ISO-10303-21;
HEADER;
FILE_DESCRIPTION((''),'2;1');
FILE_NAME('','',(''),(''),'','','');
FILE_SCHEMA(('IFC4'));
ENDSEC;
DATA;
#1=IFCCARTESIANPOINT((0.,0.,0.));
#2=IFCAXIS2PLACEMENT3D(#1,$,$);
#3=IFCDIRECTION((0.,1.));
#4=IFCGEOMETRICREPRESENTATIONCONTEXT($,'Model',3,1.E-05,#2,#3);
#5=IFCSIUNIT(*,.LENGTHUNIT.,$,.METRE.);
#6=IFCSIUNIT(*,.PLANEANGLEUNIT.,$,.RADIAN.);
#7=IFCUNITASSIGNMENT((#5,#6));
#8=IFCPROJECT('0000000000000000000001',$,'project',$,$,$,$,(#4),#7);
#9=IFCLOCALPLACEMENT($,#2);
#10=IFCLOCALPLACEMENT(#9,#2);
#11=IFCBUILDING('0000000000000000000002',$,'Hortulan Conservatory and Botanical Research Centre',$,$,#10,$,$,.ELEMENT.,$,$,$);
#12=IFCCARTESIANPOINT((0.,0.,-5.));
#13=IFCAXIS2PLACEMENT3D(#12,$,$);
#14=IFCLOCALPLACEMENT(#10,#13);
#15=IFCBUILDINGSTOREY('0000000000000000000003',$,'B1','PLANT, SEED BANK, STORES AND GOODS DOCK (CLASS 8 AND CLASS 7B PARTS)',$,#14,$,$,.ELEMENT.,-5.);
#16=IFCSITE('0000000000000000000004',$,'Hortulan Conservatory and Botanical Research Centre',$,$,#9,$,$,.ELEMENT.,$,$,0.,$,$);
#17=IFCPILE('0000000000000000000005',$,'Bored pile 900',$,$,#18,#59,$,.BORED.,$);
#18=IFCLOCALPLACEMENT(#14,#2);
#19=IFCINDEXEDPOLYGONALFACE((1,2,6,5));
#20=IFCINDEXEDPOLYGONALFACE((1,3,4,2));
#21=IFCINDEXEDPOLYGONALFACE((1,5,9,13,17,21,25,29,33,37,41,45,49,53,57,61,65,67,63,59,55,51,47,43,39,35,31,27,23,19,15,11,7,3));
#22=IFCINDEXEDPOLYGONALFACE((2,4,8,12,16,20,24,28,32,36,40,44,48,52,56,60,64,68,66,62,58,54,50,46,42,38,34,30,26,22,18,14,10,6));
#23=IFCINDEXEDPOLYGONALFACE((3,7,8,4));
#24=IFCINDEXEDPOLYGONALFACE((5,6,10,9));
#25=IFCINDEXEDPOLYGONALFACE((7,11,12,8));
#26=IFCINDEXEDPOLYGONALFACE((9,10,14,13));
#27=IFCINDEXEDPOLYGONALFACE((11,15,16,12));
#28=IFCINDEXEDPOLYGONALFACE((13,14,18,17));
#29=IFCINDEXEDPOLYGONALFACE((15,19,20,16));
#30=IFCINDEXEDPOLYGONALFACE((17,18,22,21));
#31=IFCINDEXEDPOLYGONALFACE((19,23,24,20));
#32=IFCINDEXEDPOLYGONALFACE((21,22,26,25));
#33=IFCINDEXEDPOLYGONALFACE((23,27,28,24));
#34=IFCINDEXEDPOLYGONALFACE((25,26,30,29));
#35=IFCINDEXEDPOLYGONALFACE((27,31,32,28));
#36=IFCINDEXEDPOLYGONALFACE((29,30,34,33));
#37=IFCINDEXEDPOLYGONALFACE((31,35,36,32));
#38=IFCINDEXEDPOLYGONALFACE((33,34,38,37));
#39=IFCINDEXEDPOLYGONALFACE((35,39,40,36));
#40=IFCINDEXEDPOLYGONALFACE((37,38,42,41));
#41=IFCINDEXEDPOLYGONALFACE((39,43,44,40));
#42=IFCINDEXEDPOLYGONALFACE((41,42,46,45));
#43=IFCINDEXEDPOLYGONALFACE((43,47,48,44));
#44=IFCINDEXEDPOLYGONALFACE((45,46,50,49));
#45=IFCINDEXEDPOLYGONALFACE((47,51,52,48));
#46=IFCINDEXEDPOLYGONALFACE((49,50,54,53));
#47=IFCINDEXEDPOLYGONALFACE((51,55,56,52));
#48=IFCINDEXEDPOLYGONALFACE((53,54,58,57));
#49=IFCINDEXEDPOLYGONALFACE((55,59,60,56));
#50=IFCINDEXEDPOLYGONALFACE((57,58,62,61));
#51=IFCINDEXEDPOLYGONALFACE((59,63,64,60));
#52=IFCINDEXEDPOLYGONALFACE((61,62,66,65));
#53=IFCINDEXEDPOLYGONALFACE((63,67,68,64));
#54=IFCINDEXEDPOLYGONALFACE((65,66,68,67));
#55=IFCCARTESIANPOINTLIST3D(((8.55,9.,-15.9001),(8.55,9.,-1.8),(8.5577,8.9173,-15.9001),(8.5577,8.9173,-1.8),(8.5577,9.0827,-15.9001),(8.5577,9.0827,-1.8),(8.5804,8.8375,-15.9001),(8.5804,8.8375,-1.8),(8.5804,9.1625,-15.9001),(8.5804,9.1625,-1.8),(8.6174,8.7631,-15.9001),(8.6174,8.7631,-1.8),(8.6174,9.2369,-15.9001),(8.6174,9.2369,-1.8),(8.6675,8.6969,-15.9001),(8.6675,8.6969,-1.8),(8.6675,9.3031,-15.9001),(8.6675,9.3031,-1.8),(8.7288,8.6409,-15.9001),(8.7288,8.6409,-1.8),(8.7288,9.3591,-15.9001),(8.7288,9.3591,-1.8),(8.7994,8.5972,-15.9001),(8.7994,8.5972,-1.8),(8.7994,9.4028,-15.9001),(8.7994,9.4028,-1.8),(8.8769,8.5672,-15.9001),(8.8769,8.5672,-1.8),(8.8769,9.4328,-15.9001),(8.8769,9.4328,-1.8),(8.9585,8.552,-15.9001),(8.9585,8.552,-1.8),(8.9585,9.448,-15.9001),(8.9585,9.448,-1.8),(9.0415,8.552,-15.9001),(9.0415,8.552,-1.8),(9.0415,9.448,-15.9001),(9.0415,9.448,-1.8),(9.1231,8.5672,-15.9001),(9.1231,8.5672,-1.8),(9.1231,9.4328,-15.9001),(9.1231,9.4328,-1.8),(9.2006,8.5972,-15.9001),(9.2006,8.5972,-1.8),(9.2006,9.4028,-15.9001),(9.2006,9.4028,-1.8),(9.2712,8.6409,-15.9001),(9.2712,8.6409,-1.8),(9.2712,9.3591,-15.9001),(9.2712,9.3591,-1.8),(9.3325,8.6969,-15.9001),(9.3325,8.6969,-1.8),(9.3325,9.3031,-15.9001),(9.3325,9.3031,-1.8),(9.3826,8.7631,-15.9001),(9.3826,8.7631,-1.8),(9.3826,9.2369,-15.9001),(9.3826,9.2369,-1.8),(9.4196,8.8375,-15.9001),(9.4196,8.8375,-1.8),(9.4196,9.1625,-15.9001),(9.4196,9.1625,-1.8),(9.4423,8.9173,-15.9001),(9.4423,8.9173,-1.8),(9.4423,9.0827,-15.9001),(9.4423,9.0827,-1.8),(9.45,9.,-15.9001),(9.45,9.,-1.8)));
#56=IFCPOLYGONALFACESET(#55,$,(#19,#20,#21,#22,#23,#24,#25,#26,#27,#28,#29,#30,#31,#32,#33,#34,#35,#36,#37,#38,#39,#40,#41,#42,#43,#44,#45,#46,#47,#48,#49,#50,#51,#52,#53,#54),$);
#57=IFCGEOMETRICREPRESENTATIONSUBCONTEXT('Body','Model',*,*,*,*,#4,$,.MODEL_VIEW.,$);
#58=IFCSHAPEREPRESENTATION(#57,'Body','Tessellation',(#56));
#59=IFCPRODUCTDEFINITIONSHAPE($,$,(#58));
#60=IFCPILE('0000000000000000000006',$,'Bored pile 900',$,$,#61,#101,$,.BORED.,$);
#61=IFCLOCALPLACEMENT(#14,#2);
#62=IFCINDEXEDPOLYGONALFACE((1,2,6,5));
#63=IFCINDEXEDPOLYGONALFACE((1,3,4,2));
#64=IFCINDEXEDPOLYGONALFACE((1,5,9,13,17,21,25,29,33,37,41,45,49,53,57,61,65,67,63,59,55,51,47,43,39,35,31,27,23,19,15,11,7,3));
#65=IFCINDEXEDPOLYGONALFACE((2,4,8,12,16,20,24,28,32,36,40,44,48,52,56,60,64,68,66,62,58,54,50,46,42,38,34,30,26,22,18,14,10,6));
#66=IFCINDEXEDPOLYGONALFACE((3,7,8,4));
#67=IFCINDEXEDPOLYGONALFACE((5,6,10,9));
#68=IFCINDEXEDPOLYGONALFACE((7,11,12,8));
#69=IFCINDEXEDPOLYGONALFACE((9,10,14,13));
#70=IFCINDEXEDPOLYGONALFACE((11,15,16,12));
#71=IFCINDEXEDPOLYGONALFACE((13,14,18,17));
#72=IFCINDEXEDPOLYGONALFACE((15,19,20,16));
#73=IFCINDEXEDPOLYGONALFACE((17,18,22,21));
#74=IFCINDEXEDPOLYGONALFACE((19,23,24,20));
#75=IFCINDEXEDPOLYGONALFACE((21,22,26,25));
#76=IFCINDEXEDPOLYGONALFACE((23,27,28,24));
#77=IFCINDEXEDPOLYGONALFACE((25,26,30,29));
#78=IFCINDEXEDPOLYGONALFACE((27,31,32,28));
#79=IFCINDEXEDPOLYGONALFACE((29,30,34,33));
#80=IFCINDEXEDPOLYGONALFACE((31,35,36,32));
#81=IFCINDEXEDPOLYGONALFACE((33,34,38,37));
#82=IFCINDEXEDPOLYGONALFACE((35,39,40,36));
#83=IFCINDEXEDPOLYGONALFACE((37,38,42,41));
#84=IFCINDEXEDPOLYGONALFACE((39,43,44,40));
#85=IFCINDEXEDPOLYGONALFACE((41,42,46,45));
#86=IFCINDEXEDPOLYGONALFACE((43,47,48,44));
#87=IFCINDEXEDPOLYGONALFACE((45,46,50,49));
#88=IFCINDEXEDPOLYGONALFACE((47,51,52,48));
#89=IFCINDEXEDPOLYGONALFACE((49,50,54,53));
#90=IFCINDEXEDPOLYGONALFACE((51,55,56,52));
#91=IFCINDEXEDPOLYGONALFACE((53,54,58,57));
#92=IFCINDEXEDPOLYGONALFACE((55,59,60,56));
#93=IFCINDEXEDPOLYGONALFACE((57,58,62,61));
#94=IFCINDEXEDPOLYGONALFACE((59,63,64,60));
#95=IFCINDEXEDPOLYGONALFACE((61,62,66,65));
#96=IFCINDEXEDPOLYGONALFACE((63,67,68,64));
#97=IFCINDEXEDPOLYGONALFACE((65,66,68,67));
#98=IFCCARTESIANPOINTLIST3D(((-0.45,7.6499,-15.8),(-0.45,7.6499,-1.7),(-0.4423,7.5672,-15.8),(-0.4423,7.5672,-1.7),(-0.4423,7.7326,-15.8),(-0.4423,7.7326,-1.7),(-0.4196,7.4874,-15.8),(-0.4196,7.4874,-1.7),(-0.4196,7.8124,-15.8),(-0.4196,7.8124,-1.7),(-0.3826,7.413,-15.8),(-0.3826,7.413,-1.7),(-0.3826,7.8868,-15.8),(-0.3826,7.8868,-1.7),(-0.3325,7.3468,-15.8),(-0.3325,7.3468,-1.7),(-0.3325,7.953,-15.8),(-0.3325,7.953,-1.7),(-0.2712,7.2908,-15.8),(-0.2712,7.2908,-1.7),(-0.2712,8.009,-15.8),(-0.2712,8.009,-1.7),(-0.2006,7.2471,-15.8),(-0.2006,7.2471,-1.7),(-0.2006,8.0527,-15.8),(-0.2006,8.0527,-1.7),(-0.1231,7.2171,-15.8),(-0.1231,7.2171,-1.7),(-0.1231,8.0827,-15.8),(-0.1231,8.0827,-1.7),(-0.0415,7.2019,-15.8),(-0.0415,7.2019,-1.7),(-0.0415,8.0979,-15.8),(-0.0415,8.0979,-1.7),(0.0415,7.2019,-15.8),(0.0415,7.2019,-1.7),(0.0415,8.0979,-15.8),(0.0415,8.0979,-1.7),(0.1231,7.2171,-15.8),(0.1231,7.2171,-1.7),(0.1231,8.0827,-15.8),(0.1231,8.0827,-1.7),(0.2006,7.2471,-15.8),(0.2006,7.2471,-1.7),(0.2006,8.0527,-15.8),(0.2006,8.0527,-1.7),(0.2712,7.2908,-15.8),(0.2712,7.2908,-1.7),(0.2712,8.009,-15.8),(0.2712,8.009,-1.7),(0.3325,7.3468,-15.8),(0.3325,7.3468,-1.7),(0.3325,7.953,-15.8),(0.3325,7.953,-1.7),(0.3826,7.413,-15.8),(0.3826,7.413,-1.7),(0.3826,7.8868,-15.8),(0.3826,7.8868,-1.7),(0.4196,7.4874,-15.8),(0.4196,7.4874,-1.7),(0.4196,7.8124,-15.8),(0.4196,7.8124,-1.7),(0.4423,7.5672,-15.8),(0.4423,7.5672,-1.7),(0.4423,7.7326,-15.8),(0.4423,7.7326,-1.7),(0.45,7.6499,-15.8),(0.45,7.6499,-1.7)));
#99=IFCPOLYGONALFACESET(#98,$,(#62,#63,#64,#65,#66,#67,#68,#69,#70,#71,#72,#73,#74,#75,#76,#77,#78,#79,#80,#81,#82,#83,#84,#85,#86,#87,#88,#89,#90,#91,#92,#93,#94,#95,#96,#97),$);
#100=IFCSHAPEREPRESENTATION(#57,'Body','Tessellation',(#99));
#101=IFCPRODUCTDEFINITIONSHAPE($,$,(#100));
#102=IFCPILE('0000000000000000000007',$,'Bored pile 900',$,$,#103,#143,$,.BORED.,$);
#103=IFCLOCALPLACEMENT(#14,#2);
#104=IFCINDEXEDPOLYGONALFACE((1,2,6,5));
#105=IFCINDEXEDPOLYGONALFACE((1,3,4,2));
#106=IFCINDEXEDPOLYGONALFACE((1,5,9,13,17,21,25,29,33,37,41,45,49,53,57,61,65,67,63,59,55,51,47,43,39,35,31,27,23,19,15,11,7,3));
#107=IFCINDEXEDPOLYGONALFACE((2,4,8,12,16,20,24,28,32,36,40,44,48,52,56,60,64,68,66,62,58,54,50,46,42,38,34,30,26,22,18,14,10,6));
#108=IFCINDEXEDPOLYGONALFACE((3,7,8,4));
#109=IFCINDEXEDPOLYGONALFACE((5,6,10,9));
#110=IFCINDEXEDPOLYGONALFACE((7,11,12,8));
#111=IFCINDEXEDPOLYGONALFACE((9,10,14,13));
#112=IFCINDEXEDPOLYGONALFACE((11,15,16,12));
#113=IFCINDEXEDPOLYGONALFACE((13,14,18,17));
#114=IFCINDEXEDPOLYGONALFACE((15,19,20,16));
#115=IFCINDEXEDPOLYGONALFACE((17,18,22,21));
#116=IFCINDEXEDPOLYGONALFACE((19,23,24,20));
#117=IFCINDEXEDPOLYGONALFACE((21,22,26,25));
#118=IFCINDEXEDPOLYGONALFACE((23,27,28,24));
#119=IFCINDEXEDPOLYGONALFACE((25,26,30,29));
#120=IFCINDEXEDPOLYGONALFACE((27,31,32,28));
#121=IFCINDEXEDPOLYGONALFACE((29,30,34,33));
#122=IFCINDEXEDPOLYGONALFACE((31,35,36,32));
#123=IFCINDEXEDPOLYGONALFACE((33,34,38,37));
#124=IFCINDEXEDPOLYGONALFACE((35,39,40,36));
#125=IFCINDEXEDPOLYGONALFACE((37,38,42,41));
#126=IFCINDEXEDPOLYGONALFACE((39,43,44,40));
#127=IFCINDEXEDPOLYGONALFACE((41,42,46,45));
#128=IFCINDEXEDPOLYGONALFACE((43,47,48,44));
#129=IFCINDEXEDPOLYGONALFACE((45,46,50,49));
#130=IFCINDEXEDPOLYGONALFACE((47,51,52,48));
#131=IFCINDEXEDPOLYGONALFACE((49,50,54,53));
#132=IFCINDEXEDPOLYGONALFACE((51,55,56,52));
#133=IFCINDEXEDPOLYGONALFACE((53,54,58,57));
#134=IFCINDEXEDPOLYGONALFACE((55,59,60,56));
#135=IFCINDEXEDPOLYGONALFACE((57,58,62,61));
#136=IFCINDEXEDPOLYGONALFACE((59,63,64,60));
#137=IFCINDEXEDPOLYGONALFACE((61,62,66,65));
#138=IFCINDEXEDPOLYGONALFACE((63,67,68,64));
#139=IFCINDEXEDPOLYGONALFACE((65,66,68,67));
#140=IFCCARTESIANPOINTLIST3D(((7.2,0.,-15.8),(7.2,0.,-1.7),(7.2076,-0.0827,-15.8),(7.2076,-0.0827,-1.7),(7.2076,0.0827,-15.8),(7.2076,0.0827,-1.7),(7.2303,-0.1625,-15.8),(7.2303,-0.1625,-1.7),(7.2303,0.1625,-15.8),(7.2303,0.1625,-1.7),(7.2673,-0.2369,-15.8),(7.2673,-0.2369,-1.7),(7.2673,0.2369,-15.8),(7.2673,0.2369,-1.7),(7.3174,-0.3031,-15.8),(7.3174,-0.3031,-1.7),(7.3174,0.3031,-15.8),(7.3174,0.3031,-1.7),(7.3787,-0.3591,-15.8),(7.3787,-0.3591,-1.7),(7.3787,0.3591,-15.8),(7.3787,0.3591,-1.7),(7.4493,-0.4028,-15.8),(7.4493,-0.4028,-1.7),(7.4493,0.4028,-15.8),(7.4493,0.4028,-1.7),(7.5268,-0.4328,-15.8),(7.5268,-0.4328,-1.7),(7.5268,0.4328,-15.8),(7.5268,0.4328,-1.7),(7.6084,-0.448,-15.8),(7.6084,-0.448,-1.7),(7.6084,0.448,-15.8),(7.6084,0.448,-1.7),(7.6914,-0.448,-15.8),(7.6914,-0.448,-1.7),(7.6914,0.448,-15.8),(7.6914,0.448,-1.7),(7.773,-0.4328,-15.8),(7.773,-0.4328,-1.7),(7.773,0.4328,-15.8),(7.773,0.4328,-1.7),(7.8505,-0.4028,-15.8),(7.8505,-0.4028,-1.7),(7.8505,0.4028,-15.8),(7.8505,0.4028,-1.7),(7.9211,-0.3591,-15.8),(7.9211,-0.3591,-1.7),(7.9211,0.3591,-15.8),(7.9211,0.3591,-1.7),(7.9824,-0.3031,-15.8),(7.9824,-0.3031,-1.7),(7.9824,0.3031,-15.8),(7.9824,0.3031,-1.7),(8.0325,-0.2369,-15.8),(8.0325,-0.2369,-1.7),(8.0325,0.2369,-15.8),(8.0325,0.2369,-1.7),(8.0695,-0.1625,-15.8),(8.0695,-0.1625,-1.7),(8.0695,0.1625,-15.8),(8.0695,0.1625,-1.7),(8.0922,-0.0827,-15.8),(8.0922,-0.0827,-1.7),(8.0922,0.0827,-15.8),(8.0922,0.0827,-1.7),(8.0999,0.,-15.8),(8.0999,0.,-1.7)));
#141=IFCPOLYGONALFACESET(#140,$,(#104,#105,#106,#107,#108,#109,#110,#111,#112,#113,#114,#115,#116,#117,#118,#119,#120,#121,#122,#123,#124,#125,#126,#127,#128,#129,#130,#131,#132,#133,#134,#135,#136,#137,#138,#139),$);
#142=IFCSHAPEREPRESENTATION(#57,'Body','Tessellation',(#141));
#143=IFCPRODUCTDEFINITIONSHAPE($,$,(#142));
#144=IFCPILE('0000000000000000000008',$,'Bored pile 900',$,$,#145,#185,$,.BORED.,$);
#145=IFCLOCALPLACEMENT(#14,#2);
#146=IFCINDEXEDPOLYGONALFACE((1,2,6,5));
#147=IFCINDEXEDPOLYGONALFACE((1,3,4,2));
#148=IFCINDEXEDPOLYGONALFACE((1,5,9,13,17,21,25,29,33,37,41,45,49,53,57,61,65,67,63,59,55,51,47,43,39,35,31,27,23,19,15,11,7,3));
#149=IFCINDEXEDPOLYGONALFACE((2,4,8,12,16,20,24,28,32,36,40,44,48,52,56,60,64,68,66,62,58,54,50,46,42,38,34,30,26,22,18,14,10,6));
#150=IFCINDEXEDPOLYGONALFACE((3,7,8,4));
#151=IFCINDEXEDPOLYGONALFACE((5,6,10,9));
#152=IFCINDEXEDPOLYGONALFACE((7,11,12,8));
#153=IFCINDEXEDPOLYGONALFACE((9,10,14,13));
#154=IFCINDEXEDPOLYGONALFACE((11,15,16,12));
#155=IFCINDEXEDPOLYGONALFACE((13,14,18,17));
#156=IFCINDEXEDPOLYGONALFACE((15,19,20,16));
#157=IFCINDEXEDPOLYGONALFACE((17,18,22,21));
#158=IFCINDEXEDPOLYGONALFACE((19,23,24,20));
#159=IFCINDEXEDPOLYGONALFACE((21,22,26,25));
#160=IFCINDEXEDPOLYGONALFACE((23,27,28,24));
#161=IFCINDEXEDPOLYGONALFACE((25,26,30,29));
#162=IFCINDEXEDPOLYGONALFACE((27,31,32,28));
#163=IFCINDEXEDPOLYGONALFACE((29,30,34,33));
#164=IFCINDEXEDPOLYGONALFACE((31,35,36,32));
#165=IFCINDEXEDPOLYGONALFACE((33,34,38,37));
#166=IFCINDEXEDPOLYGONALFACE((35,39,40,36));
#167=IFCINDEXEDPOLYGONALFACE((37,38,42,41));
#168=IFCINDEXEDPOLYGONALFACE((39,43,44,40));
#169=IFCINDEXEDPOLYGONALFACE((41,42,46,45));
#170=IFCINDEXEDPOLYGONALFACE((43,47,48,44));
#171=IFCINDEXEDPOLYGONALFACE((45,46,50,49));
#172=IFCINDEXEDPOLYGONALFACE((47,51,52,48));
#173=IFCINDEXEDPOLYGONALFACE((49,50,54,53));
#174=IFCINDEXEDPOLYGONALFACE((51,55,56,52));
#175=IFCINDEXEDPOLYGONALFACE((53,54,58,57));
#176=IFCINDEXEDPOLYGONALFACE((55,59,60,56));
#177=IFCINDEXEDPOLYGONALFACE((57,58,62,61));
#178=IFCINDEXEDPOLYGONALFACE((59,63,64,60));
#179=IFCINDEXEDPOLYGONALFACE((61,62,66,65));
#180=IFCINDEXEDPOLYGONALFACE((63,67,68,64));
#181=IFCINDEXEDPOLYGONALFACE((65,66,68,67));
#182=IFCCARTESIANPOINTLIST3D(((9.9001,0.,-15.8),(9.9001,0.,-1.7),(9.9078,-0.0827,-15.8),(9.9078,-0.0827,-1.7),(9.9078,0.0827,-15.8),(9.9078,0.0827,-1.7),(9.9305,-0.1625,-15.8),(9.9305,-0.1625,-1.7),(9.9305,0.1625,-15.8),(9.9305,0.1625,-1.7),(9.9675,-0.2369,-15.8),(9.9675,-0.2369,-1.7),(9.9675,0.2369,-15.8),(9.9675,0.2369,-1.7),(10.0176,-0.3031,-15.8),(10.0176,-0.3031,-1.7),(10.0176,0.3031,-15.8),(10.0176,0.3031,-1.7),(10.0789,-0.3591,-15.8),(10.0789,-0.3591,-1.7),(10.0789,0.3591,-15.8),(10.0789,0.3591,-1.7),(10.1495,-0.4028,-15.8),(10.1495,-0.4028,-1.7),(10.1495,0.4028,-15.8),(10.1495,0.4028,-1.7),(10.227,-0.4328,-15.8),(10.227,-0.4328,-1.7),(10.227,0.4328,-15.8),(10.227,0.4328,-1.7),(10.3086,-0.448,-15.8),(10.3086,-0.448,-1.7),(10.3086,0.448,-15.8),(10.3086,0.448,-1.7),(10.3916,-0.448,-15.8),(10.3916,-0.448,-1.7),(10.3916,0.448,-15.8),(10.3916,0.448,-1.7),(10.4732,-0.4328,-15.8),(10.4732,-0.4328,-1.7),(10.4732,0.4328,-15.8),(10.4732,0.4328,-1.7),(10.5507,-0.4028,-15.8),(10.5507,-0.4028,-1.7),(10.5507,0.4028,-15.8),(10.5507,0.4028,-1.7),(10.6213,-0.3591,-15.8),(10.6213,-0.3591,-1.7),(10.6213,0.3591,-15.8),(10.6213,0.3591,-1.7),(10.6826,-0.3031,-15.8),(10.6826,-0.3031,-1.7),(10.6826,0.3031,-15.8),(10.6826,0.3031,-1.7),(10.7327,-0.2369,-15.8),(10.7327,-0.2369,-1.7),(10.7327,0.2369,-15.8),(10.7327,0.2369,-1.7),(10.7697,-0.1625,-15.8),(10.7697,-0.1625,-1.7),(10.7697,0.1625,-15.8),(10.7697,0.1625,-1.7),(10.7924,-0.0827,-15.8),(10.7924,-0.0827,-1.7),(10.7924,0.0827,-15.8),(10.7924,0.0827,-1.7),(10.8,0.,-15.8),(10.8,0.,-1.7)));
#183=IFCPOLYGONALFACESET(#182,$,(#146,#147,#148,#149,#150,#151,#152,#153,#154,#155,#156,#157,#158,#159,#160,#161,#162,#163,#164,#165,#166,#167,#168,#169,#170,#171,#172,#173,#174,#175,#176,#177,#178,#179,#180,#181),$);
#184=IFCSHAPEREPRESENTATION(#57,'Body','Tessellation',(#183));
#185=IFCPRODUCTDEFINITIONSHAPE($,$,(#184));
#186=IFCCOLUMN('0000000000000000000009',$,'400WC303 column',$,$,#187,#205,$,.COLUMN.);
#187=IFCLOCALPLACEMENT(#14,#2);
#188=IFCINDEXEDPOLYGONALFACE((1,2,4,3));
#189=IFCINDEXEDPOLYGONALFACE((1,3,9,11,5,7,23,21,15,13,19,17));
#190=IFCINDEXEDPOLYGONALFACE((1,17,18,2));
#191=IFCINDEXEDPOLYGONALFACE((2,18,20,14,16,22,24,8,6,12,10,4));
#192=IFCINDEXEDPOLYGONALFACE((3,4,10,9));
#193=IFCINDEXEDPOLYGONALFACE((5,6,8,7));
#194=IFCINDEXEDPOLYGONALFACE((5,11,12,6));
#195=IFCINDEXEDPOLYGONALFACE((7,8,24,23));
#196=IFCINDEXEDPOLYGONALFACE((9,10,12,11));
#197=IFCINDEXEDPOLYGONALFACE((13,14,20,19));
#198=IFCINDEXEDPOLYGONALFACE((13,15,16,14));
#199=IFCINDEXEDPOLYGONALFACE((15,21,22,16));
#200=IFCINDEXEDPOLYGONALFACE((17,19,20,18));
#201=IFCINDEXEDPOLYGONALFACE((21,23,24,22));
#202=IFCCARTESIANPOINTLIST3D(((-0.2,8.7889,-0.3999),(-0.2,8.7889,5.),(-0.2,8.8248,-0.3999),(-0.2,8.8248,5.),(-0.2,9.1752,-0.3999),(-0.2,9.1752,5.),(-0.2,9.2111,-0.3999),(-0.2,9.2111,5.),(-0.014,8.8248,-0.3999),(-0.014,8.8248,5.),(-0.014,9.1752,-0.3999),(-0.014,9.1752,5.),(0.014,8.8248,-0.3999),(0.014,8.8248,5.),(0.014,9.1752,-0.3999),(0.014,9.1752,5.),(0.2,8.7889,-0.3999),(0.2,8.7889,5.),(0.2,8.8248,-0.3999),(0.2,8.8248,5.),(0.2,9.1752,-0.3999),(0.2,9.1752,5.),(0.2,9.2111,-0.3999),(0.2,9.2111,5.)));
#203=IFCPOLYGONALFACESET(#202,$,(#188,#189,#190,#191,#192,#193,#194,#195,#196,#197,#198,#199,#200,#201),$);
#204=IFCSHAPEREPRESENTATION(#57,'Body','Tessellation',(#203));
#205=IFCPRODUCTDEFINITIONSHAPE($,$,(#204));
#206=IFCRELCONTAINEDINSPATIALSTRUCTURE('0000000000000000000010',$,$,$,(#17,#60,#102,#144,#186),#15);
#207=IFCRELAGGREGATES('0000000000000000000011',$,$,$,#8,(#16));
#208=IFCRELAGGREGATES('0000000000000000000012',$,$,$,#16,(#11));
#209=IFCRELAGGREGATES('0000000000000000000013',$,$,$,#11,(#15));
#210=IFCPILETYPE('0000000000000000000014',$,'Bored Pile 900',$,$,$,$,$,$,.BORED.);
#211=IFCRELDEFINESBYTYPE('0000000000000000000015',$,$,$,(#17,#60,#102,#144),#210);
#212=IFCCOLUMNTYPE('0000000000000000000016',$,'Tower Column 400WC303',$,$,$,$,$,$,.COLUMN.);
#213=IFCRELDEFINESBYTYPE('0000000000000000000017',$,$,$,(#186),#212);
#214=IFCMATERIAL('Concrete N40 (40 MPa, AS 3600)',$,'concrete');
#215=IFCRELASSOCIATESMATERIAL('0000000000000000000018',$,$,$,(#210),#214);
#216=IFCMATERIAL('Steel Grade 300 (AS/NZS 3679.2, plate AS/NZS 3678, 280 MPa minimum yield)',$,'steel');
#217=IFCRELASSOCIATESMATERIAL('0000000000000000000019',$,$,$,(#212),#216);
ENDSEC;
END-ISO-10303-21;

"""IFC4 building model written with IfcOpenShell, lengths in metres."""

from ifc_helpers import new_model, si_unit, direction, frame, origin, origin_2d, place, context, subcontext, project, spatial, circle, i_section, extrude, material, material_profile, profile_set, type_object, element, save


model = new_model("IFC4")

# Units and contexts
model_context = context("Model", 3, precision=1e-05, world=origin(), true_north=direction((0.0, 1.0)))
body_context = subcontext(model_context, "Body", "Model", "MODEL_VIEW")
ifc_project = project(units=[si_unit("LENGTHUNIT", "METRE"), si_unit("PLANEANGLEUNIT", "RADIAN")], contexts=[model_context])

# Site, building, storey
site_placement = place(None, origin())
site = spatial("IfcSite", under=ifc_project, at=site_placement, Name="Hortulan Conservatory and Botanical Research Centre", CompositionType="ELEMENT", RefElevation=0.0)
building_placement = place(site_placement, origin())
building = spatial("IfcBuilding", under=site, at=building_placement, Name="Hortulan Conservatory and Botanical Research Centre", CompositionType="ELEMENT")
storey_placement = place(building_placement, frame((0.0, 0.0, -5.0)))
storey = spatial("IfcBuildingStorey", under=building, at=storey_placement, Name="B1", Description="PLANT, SEED BANK, STORES AND GOODS DOCK (CLASS 8 AND CLASS 7B PARTS)", CompositionType="ELEMENT", Elevation=-5.0)

# Piles
ifc_material_1 = material(Name="Concrete N40 (40 MPa, AS 3600)", Category="concrete")
ifc_material_profile_1 = material_profile(ifc_material_1, circle(Radius=0.45, at=origin_2d()), Name="Bored pile 900 diameter")
ifc_profile_set_1 = profile_set([ifc_material_profile_1], Name="Concrete N40 (40 MPa, AS 3600)")
pile_type = type_object("IfcPileType", Name="Bored Pile 900", PredefinedType="BORED", material=ifc_profile_set_1)
for number, where, z_axis, x_axis, name in (
    (1, (9.0, 9.0, -1.8), (0.0, 0.0, -1.0), (1.0, 0.0, 0.0), "Bored pile 900"),
    (2, (0.0, 7.6499, -1.7), (0.0, 0.0, -1.0), (1.0, 0.0, 0.0), "Bored pile 900"),
    (3, (7.6499, 0.0, -1.7), (0.0, 0.0, -1.0), (1.0, 0.0, 0.0), "Bored pile 900"),
    (4, (10.3501, 0.0, -1.7), (0.0, 0.0, -1.0), (1.0, 0.0, 0.0), "Bored pile 900"),
):
    element("IfcPile", number, at=place(storey_placement, frame(where, z_axis=z_axis, x_axis=x_axis)), inside=storey, type_object=pile_type, Name=name, PredefinedType="BORED", context=body_context, shape_type="SweptSolid", body=[
        extrude(circle(Radius=0.45, at=origin_2d()), origin(), (0.0, 0.0, 1.0), 14.1001),
    ])

# Column
ifc_material_2 = material(Name="Steel Grade 300 (AS/NZS 3679.2, plate AS/NZS 3678, 280 MPa minimum yield)", Category="steel")
ifc_material_profile_2 = material_profile(ifc_material_2, i_section(OverallWidth=0.3999, OverallDepth=0.4221, WebThickness=0.0281, FlangeThickness=0.0359, at=origin_2d()), Name="400WC303")
ifc_profile_set_2 = profile_set([ifc_material_profile_2], Name="Steel Grade 300 (AS/NZS 3679.2, plate AS/NZS 3678, 280 MPa minimum yield)")
column_type = type_object("IfcColumnType", Name="Tower Column 400WC303", PredefinedType="COLUMN", material=ifc_profile_set_2)
for number, where, z_axis, x_axis, name in (
    (5, (0.0, 9.0, -0.3999), (0.0, 0.0, 1.0), (1.0, 0.0, 0.0), "400WC303 column"),
):
    element("IfcColumn", number, at=place(storey_placement, frame(where, z_axis=z_axis, x_axis=x_axis)), inside=storey, type_object=column_type, Name=name, PredefinedType="COLUMN", context=body_context, shape_type="SweptSolid", body=[
        extrude(i_section(OverallWidth=0.3999, OverallDepth=0.4221, WebThickness=0.0281, FlangeThickness=0.0359, at=origin_2d()), origin(), (0.0, 0.0, 1.0), 5.3999),
    ])

save(model, "model.ifc")
